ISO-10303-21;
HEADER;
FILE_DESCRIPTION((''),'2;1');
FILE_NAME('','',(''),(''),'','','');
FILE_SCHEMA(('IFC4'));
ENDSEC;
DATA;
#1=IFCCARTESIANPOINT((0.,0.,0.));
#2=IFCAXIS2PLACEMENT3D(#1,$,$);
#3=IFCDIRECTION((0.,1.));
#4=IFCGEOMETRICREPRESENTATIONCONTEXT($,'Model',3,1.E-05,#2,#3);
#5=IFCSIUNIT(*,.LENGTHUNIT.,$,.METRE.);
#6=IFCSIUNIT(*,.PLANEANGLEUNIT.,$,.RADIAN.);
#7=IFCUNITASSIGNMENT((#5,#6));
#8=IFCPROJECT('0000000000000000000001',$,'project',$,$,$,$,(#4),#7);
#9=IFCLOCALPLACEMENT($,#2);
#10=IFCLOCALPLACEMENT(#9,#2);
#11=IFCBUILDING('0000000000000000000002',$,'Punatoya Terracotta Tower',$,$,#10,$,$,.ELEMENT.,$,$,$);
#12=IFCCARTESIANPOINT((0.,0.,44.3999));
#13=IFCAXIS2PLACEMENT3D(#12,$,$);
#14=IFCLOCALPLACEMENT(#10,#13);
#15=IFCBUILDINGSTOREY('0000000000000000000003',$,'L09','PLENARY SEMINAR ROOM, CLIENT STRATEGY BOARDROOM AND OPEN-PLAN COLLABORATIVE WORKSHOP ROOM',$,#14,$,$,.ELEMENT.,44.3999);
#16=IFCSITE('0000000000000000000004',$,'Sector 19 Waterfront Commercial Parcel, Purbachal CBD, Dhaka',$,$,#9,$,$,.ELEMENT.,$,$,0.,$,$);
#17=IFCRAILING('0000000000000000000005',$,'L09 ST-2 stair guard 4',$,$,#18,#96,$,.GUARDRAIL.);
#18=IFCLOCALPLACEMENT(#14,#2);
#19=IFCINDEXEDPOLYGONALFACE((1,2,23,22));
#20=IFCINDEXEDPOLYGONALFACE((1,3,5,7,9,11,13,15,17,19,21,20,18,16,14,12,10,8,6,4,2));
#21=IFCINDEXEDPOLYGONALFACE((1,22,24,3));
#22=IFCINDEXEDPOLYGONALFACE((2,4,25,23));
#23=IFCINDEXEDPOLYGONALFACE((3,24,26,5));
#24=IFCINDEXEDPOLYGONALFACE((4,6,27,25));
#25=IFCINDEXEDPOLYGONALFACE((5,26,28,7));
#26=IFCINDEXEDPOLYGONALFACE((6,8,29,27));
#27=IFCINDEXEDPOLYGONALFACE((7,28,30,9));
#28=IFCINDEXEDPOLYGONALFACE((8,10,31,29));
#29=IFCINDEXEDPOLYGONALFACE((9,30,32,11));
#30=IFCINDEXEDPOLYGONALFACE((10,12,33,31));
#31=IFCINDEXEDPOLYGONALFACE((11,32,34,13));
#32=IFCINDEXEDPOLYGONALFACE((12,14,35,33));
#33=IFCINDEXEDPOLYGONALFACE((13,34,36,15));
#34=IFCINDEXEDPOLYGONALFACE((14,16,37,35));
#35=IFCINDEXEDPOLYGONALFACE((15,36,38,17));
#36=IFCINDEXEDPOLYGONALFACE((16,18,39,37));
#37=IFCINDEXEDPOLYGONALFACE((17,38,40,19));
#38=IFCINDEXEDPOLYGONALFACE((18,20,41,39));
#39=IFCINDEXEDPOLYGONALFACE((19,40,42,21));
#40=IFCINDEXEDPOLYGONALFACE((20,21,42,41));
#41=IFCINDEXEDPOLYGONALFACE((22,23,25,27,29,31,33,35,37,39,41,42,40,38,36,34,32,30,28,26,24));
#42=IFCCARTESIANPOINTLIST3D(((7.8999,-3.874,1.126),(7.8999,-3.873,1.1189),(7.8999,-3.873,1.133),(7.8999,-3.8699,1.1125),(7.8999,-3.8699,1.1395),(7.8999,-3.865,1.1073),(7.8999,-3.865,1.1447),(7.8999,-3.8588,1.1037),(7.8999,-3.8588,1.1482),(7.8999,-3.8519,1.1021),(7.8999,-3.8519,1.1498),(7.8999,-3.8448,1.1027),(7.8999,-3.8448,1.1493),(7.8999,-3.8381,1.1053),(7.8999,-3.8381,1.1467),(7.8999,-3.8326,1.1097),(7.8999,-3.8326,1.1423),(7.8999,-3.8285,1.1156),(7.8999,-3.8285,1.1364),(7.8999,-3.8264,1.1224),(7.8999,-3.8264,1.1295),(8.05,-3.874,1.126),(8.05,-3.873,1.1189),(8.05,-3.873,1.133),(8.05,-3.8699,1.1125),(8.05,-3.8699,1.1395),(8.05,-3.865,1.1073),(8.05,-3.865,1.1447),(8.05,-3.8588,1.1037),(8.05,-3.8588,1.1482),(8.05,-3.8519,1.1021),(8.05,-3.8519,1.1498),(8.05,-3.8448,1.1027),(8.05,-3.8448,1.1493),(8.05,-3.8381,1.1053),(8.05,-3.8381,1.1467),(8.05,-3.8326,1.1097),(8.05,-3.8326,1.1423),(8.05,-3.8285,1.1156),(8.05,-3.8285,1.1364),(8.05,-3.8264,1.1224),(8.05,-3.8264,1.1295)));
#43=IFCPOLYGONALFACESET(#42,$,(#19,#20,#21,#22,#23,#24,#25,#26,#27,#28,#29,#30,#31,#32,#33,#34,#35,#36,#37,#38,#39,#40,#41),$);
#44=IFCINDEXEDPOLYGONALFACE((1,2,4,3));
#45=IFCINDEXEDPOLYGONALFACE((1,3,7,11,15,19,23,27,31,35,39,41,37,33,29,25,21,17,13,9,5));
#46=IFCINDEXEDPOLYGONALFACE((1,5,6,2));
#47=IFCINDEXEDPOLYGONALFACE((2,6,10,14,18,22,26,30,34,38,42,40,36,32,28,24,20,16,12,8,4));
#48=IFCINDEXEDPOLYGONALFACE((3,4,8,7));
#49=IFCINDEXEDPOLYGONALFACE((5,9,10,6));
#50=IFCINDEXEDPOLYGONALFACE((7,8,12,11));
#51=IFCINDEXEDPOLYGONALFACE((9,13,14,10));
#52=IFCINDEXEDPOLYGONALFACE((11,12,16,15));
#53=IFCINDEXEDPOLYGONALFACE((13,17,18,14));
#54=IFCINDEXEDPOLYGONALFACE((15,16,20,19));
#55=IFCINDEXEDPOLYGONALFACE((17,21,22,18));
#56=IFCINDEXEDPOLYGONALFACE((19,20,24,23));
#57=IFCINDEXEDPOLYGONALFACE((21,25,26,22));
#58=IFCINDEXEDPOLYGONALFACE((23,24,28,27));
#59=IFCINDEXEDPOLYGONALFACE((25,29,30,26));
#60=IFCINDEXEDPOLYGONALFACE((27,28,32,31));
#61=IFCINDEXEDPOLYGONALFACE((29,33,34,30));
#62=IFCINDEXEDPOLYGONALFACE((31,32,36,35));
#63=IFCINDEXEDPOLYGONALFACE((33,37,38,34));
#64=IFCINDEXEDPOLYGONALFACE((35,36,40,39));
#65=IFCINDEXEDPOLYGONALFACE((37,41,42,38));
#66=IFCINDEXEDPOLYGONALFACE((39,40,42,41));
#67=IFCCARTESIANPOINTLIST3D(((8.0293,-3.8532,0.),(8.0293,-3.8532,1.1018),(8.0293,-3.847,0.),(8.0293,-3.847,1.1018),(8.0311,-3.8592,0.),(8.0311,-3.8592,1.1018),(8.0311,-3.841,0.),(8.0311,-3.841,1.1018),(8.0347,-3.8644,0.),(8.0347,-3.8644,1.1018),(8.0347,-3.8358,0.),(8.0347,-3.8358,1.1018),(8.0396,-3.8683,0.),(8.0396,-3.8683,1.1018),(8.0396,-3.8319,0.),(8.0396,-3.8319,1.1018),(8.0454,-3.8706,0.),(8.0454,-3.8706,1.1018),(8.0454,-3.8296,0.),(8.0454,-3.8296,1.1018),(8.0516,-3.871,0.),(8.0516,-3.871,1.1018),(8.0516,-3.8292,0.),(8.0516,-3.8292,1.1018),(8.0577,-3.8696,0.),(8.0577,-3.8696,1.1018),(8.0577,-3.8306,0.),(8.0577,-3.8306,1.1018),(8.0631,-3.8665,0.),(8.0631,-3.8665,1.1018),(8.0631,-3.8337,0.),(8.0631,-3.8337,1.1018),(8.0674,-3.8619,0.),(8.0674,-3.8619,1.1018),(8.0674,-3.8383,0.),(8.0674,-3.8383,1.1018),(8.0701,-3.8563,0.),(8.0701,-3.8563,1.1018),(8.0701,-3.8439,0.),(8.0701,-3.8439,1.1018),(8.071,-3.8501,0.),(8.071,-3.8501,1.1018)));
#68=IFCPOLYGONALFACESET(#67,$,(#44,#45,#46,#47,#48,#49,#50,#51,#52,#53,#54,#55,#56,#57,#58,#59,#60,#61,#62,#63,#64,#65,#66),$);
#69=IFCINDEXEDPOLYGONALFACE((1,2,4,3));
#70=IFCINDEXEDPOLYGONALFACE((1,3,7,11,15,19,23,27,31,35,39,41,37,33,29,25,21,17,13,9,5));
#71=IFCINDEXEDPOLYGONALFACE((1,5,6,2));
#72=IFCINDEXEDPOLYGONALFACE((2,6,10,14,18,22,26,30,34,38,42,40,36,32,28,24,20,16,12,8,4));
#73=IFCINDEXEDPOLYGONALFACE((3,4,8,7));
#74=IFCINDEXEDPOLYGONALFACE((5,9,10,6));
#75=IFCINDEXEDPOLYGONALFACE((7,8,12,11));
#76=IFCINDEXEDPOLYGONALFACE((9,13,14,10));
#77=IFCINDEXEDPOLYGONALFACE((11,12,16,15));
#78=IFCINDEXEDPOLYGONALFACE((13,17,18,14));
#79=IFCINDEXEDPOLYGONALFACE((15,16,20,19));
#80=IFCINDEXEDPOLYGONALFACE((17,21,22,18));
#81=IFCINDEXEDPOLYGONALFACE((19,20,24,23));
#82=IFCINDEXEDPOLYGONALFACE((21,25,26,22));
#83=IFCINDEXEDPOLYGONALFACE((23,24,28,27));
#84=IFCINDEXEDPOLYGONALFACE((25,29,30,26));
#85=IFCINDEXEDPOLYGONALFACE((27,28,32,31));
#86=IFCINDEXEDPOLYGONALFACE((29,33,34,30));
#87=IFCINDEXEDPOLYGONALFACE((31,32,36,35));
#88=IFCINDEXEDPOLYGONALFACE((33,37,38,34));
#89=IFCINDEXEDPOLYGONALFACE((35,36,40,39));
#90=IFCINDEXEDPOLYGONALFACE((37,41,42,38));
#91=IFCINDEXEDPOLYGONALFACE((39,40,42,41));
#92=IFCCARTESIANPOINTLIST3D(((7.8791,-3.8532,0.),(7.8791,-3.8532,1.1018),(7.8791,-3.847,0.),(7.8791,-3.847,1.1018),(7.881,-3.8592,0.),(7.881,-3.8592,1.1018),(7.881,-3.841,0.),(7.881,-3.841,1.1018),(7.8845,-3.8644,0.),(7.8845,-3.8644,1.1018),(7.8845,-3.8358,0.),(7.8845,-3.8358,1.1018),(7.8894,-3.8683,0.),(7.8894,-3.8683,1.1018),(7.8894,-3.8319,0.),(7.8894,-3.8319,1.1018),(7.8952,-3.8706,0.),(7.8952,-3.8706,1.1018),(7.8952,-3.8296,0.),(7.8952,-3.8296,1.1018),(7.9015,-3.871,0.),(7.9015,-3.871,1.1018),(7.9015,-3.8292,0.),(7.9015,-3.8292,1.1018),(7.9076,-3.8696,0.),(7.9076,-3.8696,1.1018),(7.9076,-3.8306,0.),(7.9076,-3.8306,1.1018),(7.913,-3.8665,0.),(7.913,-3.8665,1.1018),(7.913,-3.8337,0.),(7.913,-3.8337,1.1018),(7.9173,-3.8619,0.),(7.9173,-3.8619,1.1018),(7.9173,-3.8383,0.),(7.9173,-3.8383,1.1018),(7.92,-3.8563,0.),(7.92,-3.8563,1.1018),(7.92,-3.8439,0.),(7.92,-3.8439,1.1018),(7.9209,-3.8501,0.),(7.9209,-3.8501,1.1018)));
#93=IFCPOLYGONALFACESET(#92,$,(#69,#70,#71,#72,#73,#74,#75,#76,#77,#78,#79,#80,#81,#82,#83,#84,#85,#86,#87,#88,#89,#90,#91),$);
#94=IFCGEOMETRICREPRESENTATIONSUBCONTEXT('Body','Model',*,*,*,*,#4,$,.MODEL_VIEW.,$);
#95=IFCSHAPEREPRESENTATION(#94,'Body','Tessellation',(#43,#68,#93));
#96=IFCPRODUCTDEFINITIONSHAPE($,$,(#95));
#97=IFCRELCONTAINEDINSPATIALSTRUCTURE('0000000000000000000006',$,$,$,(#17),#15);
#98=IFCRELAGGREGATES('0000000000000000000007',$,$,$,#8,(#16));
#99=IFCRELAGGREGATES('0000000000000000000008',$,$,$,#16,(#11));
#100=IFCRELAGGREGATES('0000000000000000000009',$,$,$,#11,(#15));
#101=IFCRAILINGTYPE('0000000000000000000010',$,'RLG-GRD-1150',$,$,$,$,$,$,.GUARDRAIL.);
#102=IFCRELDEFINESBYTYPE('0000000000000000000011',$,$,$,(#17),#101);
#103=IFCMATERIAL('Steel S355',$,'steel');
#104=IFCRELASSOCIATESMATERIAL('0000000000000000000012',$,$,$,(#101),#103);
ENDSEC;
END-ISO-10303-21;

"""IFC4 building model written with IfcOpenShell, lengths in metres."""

from ifc_helpers import new_model, si_unit, direction, frame, origin, origin_2d, place, context, subcontext, project, spatial, circle, extrude, material, type_object, element, save


model = new_model("IFC4")

# Units and contexts
model_context = context("Model", 3, precision=1e-05, world=origin(), true_north=direction((0.0, 1.0)))
body_context = subcontext(model_context, "Body", "Model", "MODEL_VIEW")
ifc_project = project(units=[si_unit("LENGTHUNIT", "METRE"), si_unit("PLANEANGLEUNIT", "RADIAN")], contexts=[model_context])

# Site, building, storey
site_placement = place(None, origin())
site = spatial("IfcSite", under=ifc_project, at=site_placement, Name="Sector 19 Waterfront Commercial Parcel, Purbachal CBD, Dhaka", CompositionType="ELEMENT", RefElevation=0.0)
building_placement = place(site_placement, origin())
building = spatial("IfcBuilding", under=site, at=building_placement, Name="Punatoya Terracotta Tower", CompositionType="ELEMENT")
storey_placement = place(building_placement, frame((0.0, 0.0, 44.3999)))
storey = spatial("IfcBuildingStorey", under=building, at=storey_placement, Name="L09", Description="PLENARY SEMINAR ROOM, CLIENT STRATEGY BOARDROOM AND OPEN-PLAN COLLABORATIVE WORKSHOP ROOM", CompositionType="ELEMENT", Elevation=44.3999)

# Shared definitions
ifc_material_1 = material(Name="Steel S355", Category="steel")

# Railing
railing_type_1 = type_object("IfcRailingType", Name="RLG-GRD-1150", PredefinedType="GUARDRAIL", material=ifc_material_1)
railing_1_placement = place(storey_placement, frame((8.05, -3.8501, 0.0)))
element("IfcRailing", 1, at=railing_1_placement, inside=storey, type_object=railing_type_1, Name="L09 ST-2 stair guard 4", PredefinedType="GUARDRAIL", context=body_context, shape_type="SweptSolid", body=[
    extrude(circle(Radius=0.0239, at=origin_2d()), frame((0.0, 0.0, 1.126), z_axis=(-1.0, 0.0, 0.0), x_axis=(0.0, -1.0, 0.0)), (0.0, 0.0, 1.0), 0.1501),
    extrude(circle(Radius=0.021, at=origin_2d()), origin(), (0.0, 0.0, 1.0), 1.1018),
    extrude(circle(Radius=0.021, at=origin_2d()), frame((-0.1501, 0.0, 0.0)), (0.0, 0.0, 1.0), 1.1018),
])

save(model, "model.ifc")
